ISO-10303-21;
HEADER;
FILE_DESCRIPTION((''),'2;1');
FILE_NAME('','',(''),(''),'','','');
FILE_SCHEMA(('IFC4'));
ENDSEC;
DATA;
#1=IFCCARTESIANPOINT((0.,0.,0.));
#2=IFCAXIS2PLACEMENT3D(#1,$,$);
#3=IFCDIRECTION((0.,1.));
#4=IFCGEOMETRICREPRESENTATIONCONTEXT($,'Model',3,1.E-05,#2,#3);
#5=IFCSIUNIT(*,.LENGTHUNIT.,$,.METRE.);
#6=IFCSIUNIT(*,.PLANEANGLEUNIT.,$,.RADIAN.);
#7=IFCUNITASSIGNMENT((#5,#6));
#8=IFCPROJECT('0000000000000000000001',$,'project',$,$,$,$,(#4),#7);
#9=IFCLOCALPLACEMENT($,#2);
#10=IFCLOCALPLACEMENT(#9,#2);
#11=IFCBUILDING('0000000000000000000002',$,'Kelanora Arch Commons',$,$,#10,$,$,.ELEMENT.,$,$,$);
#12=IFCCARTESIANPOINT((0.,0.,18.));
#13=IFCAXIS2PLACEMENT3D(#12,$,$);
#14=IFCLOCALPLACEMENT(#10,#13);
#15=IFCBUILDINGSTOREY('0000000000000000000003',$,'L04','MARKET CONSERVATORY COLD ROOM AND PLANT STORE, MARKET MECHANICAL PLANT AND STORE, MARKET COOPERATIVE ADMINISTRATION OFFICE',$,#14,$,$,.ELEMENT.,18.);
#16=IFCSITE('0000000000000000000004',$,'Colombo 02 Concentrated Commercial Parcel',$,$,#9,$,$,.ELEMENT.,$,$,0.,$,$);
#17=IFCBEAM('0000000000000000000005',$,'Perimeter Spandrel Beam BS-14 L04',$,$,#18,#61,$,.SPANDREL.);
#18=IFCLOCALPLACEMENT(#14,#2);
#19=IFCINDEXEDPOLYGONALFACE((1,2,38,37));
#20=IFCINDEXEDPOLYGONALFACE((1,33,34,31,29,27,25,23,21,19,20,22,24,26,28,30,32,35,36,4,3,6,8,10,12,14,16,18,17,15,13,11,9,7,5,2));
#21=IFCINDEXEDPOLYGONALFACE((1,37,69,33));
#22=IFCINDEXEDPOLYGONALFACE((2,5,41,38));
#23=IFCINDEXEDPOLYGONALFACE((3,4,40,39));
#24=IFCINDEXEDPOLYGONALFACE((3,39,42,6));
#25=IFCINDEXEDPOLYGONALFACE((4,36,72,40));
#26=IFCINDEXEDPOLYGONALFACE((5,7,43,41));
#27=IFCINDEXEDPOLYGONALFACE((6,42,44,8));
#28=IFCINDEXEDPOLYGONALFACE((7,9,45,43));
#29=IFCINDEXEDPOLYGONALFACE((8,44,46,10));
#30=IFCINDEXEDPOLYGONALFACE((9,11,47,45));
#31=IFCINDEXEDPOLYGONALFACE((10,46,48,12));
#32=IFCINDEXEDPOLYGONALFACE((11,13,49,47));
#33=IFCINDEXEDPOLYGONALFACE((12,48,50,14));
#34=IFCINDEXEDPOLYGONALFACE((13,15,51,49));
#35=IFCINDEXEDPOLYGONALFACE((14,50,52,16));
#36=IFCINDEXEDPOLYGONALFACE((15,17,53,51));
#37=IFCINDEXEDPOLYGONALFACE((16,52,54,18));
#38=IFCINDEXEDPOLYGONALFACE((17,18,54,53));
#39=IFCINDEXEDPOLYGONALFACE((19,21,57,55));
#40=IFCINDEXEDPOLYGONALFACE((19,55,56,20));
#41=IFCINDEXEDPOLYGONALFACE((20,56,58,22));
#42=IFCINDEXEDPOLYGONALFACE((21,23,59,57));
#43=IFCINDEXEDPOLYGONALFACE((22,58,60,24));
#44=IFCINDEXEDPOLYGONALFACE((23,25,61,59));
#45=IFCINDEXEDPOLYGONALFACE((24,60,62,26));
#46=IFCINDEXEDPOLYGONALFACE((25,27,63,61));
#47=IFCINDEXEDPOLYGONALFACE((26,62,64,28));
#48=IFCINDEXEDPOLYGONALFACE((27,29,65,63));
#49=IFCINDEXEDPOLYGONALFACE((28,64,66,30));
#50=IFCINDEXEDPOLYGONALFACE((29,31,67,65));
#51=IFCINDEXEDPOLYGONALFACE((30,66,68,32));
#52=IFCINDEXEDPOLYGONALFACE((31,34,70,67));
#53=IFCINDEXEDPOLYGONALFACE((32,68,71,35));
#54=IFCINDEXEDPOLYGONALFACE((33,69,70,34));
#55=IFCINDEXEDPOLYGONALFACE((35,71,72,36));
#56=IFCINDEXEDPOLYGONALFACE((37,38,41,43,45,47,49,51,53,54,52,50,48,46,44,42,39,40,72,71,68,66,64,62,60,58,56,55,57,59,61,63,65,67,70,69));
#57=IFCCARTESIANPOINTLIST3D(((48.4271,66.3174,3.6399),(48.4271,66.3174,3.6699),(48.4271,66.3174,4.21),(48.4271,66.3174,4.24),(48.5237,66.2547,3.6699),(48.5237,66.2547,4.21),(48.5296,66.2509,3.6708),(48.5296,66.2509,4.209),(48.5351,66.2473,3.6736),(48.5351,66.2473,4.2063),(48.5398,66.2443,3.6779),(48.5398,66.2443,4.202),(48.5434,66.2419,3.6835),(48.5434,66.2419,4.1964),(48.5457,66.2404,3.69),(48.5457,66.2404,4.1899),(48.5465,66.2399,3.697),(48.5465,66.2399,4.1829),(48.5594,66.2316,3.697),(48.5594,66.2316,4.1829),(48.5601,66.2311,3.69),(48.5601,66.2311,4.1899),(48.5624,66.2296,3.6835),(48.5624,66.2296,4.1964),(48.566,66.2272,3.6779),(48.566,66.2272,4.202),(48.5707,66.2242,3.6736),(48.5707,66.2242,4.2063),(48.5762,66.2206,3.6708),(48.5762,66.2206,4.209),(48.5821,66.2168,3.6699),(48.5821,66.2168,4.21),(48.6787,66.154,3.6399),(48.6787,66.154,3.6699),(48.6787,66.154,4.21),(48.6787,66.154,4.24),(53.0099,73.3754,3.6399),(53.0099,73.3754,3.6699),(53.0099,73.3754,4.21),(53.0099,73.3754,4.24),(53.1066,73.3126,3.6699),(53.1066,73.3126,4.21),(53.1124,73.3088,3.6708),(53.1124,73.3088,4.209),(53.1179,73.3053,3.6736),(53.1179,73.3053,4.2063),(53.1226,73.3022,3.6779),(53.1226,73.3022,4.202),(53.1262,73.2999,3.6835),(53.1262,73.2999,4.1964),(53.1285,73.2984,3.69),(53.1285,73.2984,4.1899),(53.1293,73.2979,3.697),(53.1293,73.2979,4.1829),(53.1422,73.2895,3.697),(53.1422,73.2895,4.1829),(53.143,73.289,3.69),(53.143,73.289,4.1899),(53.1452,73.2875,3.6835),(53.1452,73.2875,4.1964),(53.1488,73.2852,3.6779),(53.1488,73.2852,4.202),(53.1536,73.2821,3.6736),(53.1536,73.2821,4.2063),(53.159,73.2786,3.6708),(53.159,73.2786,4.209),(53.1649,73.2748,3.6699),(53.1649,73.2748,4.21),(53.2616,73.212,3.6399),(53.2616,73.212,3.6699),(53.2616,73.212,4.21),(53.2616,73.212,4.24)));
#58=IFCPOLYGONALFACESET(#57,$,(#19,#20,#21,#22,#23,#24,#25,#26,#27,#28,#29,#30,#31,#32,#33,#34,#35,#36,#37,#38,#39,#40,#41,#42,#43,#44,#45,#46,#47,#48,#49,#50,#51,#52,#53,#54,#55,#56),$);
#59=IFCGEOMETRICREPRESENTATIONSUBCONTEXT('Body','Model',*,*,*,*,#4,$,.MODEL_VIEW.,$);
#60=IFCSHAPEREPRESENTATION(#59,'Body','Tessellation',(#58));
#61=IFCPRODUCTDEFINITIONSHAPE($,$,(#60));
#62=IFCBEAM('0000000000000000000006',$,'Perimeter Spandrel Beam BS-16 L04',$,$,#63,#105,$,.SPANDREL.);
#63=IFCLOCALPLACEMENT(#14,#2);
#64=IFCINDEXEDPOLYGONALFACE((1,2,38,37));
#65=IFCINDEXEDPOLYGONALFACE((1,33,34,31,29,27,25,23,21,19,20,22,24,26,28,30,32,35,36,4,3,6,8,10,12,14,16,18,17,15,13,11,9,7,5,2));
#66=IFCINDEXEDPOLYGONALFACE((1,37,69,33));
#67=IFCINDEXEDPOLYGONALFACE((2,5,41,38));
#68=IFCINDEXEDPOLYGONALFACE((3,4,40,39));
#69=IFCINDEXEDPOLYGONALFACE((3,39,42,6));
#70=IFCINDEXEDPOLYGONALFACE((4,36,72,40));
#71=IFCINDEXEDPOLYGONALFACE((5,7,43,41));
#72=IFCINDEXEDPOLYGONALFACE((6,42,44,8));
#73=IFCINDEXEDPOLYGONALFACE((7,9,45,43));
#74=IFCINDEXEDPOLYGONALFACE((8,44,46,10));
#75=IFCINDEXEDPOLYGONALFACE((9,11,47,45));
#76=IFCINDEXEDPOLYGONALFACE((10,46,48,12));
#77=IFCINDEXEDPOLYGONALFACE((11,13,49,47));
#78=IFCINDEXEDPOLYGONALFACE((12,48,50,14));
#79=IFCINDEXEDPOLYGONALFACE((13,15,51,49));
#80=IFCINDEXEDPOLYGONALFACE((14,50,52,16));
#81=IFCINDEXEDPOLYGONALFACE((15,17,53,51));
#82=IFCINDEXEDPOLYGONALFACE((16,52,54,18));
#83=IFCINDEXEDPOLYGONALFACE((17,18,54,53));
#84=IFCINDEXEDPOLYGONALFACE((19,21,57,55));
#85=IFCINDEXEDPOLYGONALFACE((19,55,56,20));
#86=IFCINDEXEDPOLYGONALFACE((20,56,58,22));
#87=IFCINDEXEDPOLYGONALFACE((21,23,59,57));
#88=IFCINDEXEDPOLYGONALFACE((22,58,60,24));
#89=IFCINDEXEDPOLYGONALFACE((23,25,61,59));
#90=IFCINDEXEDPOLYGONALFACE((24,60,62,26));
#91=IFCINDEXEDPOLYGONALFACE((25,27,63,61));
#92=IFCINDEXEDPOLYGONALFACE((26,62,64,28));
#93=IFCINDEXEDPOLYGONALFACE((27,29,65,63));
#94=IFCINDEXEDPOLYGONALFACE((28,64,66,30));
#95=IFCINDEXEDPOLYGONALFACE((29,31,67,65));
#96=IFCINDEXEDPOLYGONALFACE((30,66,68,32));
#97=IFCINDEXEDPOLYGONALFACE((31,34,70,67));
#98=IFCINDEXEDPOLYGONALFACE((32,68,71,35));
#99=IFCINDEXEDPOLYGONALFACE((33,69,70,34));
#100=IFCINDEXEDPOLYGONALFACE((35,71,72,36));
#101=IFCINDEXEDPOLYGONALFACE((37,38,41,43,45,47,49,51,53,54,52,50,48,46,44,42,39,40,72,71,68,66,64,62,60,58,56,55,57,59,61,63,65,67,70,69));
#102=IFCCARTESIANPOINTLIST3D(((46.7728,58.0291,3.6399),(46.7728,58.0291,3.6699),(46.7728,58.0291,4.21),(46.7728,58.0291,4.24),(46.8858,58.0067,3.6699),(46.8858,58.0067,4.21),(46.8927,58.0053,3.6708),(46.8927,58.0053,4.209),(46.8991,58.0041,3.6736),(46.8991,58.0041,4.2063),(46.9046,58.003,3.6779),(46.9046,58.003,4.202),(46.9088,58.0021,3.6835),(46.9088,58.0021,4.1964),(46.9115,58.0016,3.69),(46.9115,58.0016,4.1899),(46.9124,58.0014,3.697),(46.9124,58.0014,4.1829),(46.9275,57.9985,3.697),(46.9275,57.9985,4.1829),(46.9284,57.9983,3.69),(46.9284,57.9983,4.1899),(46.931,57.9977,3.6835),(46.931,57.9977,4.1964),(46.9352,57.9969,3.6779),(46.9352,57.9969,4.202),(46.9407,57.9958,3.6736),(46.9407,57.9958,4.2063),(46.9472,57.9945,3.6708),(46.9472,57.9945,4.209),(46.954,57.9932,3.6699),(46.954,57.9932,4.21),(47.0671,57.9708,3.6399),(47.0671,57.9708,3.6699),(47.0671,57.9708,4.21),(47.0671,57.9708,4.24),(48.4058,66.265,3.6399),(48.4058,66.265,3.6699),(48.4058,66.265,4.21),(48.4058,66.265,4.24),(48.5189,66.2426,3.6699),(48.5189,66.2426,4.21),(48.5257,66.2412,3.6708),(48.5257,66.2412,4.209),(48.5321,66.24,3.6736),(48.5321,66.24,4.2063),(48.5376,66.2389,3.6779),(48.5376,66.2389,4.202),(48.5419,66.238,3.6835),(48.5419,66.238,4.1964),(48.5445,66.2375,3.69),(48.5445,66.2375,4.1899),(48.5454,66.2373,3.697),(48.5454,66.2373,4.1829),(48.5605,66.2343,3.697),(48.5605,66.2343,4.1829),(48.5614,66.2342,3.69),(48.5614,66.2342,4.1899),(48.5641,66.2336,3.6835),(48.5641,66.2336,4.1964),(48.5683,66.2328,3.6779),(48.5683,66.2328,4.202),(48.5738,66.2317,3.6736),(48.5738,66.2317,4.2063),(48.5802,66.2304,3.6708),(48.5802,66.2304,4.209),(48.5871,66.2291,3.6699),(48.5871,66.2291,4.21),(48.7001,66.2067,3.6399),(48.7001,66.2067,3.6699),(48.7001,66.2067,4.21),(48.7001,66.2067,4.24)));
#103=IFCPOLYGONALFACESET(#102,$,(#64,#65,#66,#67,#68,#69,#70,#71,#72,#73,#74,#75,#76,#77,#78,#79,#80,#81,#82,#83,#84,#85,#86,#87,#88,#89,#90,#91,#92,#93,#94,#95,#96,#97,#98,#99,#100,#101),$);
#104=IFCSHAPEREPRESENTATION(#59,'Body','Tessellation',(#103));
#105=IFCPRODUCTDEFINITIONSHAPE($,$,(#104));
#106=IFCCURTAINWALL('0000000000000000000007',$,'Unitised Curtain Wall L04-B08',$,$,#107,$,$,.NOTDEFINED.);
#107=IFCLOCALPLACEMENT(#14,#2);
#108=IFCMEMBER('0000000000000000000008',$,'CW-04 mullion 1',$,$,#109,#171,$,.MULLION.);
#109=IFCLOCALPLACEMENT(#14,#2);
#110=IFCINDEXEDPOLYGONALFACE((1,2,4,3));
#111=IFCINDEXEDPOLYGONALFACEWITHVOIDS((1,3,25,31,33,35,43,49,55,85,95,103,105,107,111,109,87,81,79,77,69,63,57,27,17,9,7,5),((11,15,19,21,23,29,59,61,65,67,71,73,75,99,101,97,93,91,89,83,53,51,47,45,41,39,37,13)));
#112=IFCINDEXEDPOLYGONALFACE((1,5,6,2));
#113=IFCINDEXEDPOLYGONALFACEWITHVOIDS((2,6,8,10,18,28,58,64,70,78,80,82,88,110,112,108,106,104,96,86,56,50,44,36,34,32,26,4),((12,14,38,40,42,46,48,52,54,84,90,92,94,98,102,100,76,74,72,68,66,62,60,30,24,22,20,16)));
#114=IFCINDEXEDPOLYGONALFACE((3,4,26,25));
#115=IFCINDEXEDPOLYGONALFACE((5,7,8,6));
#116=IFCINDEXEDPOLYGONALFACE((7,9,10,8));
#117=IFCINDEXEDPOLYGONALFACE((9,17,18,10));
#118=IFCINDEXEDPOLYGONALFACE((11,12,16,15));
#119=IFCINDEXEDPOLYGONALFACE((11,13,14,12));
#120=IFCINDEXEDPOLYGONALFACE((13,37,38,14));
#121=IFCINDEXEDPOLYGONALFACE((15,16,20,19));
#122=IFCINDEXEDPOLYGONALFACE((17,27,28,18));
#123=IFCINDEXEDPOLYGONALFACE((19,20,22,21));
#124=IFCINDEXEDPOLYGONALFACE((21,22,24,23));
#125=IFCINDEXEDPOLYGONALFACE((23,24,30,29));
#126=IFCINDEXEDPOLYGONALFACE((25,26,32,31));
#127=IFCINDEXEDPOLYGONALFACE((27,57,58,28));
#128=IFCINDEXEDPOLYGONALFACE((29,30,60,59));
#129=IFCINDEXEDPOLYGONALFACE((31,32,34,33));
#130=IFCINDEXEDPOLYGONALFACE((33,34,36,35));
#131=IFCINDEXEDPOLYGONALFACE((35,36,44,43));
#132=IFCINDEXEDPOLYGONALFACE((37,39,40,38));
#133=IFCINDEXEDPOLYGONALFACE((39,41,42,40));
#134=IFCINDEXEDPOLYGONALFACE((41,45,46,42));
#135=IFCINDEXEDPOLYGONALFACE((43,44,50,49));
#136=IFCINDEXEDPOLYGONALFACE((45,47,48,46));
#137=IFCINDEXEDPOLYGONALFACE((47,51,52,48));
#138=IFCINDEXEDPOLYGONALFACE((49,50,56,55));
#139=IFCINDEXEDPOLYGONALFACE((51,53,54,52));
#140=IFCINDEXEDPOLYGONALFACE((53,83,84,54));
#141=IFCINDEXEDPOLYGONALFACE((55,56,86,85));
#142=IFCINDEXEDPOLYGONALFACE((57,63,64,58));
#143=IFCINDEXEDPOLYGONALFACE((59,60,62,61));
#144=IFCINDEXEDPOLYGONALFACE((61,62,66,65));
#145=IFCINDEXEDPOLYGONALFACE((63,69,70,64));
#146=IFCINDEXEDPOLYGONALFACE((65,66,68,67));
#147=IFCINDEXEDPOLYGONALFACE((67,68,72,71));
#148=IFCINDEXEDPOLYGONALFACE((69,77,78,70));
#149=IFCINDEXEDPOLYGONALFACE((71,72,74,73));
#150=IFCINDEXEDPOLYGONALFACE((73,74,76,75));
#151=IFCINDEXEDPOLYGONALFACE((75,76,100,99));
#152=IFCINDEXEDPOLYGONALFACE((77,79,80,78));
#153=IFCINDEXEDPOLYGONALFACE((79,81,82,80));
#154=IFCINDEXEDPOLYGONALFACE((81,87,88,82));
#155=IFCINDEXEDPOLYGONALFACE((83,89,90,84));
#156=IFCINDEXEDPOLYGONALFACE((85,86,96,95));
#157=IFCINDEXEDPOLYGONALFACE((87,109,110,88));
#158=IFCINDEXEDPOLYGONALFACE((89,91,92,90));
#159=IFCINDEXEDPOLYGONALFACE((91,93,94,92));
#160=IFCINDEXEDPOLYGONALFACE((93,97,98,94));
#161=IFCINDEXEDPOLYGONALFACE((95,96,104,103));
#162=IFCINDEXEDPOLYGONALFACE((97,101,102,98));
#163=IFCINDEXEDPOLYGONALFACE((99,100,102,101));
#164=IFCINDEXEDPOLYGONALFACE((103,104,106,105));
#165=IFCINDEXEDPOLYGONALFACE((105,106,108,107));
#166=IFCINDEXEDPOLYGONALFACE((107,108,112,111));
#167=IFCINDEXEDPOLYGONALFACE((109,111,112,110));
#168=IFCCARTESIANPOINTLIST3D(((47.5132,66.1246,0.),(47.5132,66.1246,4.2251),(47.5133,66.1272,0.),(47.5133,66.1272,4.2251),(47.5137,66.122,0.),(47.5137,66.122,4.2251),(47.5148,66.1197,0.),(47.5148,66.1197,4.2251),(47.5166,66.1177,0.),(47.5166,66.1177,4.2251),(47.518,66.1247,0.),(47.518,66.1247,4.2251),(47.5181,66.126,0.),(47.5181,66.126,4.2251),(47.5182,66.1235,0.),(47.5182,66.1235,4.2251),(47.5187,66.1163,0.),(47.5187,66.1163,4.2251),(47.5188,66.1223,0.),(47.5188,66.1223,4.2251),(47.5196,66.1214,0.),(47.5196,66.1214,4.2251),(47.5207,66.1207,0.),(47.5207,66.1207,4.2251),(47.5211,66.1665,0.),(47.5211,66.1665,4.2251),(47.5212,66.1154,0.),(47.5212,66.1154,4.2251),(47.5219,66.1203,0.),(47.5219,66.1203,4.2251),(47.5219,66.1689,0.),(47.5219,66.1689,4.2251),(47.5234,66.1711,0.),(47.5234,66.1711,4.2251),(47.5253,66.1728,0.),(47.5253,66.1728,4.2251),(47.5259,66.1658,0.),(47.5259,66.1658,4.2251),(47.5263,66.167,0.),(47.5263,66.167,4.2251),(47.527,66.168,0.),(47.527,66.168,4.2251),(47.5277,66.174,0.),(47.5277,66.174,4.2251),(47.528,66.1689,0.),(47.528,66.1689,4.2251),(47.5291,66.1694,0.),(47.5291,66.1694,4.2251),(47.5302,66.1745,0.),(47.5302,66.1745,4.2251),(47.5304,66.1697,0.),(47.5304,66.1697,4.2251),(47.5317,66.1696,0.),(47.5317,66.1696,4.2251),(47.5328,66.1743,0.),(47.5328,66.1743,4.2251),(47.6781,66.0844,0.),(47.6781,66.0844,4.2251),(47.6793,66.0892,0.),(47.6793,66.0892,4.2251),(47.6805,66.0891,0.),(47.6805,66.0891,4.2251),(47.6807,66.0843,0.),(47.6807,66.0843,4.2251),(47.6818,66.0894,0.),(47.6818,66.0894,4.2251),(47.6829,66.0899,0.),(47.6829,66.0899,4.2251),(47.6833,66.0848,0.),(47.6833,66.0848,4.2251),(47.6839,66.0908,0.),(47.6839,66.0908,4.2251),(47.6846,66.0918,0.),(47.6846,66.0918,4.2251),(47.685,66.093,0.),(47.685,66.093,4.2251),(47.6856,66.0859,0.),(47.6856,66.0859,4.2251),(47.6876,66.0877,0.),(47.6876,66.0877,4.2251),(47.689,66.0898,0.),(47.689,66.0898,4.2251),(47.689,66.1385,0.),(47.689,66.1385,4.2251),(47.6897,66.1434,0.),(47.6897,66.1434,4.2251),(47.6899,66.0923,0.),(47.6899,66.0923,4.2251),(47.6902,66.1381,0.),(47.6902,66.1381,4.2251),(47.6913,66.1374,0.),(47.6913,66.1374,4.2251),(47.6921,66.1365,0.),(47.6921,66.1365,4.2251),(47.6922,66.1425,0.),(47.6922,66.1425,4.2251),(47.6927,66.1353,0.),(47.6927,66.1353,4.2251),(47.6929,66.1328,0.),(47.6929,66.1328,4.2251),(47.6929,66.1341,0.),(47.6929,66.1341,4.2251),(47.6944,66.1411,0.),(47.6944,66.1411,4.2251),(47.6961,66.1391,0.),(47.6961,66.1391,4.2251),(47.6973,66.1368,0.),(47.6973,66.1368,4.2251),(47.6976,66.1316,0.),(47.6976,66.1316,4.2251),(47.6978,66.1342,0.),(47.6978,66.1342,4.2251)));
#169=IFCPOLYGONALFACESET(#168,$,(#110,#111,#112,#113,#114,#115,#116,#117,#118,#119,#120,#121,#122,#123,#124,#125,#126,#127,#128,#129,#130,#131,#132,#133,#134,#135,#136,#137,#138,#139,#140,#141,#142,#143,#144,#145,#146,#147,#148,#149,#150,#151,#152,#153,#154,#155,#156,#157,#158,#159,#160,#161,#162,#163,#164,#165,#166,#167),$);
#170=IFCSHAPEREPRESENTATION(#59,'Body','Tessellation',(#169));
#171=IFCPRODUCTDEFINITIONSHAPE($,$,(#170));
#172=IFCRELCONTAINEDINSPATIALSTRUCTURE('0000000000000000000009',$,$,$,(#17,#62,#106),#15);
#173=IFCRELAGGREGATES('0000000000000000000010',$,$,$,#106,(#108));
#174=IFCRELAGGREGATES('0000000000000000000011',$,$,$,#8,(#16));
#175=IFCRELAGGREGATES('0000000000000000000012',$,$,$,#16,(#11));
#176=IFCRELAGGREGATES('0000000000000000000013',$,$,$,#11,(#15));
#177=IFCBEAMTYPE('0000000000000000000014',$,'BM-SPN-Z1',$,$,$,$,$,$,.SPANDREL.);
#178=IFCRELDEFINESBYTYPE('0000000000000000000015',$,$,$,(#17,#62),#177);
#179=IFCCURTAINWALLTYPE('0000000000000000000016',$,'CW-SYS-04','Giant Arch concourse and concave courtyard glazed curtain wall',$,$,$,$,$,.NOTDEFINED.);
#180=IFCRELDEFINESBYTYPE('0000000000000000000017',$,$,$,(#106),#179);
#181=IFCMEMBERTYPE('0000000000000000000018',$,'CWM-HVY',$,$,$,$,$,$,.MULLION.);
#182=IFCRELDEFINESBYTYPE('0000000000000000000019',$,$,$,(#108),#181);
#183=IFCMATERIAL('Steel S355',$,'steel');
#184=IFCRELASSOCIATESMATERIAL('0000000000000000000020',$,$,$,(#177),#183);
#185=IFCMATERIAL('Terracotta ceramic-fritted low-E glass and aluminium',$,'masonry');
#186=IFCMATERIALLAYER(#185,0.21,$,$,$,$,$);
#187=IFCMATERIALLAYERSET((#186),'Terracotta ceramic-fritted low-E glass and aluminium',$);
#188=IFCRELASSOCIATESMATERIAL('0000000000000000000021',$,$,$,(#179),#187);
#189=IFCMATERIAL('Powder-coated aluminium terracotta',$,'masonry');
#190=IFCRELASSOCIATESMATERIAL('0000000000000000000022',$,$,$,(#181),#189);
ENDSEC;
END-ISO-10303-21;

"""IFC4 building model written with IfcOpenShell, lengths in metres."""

from ifc_helpers import new_model, si_unit, direction, frame, origin, origin_2d, place, context, subcontext, project, spatial, hollow_rectangle, i_section, extrude, material, layer, layer_set, material_profile, profile_set, type_object, element, aggregate, save


model = new_model("IFC4")

# Units and contexts
model_context = context("Model", 3, precision=1e-05, world=origin(), true_north=direction((0.0, 1.0)))
body_context = subcontext(model_context, "Body", "Model", "MODEL_VIEW")
ifc_project = project(units=[si_unit("LENGTHUNIT", "METRE"), si_unit("PLANEANGLEUNIT", "RADIAN")], contexts=[model_context])

# Site, building, storey
site_placement = place(None, origin())
site = spatial("IfcSite", under=ifc_project, at=site_placement, Name="Colombo 02 Concentrated Commercial Parcel", CompositionType="ELEMENT", RefElevation=0.0)
building_placement = place(site_placement, origin())
building = spatial("IfcBuilding", under=site, at=building_placement, Name="Kelanora Arch Commons", CompositionType="ELEMENT")
storey_placement = place(building_placement, frame((0.0, 0.0, 18.0)))
storey = spatial("IfcBuildingStorey", under=building, at=storey_placement, Name="L04", Description="MARKET CONSERVATORY COLD ROOM AND PLANT STORE, MARKET MECHANICAL PLANT AND STORE, MARKET COOPERATIVE ADMINISTRATION OFFICE", CompositionType="ELEMENT", Elevation=18.0)

# Beams
ifc_material_1 = material(Name="Steel S355", Category="steel")
ifc_material_profile_1 = material_profile(ifc_material_1, i_section(OverallWidth=0.3, OverallDepth=0.6001, WebThickness=0.0154, FlangeThickness=0.03, FilletRadius=0.0271, at=origin_2d()), Name="HEB600")
ifc_profile_set_1 = profile_set([ifc_material_profile_1], Name="Steel S355")
beam_type_1 = type_object("IfcBeamType", Name="BM-SPN-Z1", PredefinedType="SPANDREL", material=ifc_profile_set_1)
beam_1_placement = place(storey_placement, frame((53.1357, 73.2937, 3.9399), z_axis=(-0.544583, -0.838707, 0.0), x_axis=(0.838707, -0.544583, 0.0)))
element("IfcBeam", 1, at=beam_1_placement, inside=storey, type_object=beam_type_1, Name="Perimeter Spandrel Beam BS-14 L04", PredefinedType="SPANDREL", context=body_context, shape_type="SweptSolid", body=[
    extrude(i_section(OverallWidth=0.3, OverallDepth=0.6001, WebThickness=0.0154, FlangeThickness=0.03, FilletRadius=0.0271, at=origin_2d()), origin(), (0.0, 0.0, 1.0), 8.4153),
])
beam_2_placement = place(storey_placement, frame((48.553, 66.2358, 3.9399), z_axis=(-0.1945, -0.980903, 0.0), x_axis=(0.980903, -0.1945, 0.0)))
element("IfcBeam", 2, at=beam_2_placement, inside=storey, type_object=beam_type_1, Name="Perimeter Spandrel Beam BS-16 L04", PredefinedType="SPANDREL", context=body_context, shape_type="SweptSolid", body=[
    extrude(i_section(OverallWidth=0.3, OverallDepth=0.6001, WebThickness=0.0154, FlangeThickness=0.03, FilletRadius=0.0271, at=origin_2d()), origin(), (0.0, 0.0, 1.0), 8.3962),
])

# Curtain wall, member
ifc_material_2 = material(Name="Terracotta ceramic-fritted low-E glass and aluminium", Category="masonry")
ifc_layer_1 = layer(ifc_material_2, 0.21)
ifc_layer_set_1 = layer_set([ifc_layer_1], Name="Terracotta ceramic-fritted low-E glass and aluminium")
curtain_wall_type = type_object("IfcCurtainWallType", Name="CW-SYS-04", Description="Giant Arch concourse and concave courtyard glazed curtain wall", PredefinedType="NOTDEFINED", material=ifc_layer_set_1)
curtain_wall_placement = place(storey_placement, origin())
curtain_wall = element("IfcCurtainWall", 3, at=curtain_wall_placement, inside=storey, type_object=curtain_wall_type, Name="Unitised Curtain Wall L04-B08", PredefinedType="NOTDEFINED")
ifc_material_3 = material(Name="Powder-coated aluminium terracotta", Category="masonry")
ifc_material_profile_2 = material_profile(ifc_material_3, hollow_rectangle(XDim=0.1799, YDim=0.0601, WallThickness=0.0049, InnerFilletRadius=0.0049, OuterFilletRadius=0.01, at=origin_2d()), Name="CWM180x60")
ifc_profile_set_2 = profile_set([ifc_material_profile_2], Name="Powder-coated aluminium terracotta")
member_type_1 = type_object("IfcMemberType", Name="CWM-HVY", PredefinedType="MULLION", material=ifc_profile_set_2)
member_1_placement = place(storey_placement, frame((47.6055, 66.1294, 0.0), z_axis=(0.0, 0.0, 1.0), x_axis=(0.981054, -0.193737, 0.0)))
member_1 = element("IfcMember", 4, at=member_1_placement, type_object=member_type_1, Name="CW-04 mullion 1", PredefinedType="MULLION", context=body_context, shape_type="SweptSolid", body=[
    extrude(hollow_rectangle(XDim=0.1799, YDim=0.0601, WallThickness=0.0049, InnerFilletRadius=0.0049, OuterFilletRadius=0.01, at=origin_2d()), origin(), (0.0, 0.0, 1.0), 4.2251),
])
aggregate(curtain_wall, [member_1])

save(model, "model.ifc")
